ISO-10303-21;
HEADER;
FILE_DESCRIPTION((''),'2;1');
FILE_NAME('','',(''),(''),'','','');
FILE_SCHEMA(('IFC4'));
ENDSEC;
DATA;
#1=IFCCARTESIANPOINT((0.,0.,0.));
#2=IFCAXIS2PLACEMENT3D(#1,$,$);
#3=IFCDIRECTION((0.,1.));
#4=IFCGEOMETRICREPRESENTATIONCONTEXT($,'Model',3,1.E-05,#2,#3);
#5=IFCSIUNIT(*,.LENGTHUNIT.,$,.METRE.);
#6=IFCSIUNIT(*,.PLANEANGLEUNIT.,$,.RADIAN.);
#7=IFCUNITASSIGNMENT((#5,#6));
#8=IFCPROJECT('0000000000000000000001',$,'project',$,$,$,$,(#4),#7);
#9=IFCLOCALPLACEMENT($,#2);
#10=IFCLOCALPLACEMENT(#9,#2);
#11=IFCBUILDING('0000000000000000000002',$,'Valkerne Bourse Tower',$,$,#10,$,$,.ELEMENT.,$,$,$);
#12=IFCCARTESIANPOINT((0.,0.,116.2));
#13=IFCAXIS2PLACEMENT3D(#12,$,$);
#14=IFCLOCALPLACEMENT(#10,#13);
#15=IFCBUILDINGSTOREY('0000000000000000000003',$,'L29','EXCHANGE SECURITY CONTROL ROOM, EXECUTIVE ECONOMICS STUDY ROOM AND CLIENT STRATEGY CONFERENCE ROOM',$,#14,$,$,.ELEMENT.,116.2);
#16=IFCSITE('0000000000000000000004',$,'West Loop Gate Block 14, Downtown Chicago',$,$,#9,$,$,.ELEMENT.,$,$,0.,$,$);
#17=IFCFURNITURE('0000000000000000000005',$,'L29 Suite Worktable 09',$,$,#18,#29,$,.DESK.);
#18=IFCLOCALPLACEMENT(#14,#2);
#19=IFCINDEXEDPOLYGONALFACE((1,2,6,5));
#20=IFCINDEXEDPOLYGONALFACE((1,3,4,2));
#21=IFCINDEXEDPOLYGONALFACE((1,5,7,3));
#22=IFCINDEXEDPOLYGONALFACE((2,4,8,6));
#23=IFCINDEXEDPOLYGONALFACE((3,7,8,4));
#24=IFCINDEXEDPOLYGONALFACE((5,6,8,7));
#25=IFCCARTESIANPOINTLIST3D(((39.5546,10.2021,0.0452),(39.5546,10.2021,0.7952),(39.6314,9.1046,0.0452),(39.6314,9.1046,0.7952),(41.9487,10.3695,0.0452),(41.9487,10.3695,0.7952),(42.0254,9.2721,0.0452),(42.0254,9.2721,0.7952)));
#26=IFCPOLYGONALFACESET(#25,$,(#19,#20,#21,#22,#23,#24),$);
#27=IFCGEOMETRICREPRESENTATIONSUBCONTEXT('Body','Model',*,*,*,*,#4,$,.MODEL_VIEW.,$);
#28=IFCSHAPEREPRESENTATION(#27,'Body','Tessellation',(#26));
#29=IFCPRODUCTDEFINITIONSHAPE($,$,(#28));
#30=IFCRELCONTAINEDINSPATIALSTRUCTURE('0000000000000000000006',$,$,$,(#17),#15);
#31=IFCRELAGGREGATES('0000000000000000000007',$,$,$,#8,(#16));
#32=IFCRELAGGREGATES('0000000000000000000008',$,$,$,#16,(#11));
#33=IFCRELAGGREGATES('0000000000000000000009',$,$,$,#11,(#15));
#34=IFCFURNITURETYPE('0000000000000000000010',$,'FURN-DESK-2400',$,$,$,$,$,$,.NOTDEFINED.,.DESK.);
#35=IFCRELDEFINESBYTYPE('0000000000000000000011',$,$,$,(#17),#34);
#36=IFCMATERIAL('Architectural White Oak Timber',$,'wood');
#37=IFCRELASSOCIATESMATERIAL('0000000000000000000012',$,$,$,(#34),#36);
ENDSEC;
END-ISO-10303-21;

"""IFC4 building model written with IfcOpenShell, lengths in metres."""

from ifc_helpers import new_model, si_unit, direction, frame, origin, origin_2d, place, context, subcontext, project, spatial, rectangle, extrude, material, type_object, element, save


model = new_model("IFC4")

# Units and contexts
model_context = context("Model", 3, precision=1e-05, world=origin(), true_north=direction((0.0, 1.0)))
body_context = subcontext(model_context, "Body", "Model", "MODEL_VIEW")
ifc_project = project(units=[si_unit("LENGTHUNIT", "METRE"), si_unit("PLANEANGLEUNIT", "RADIAN")], contexts=[model_context])

# Site, building, storey
site_placement = place(None, origin())
site = spatial("IfcSite", under=ifc_project, at=site_placement, Name="West Loop Gate Block 14, Downtown Chicago", CompositionType="ELEMENT", RefElevation=0.0)
building_placement = place(site_placement, origin())
building = spatial("IfcBuilding", under=site, at=building_placement, Name="Valkerne Bourse Tower", CompositionType="ELEMENT")
storey_placement = place(building_placement, frame((0.0, 0.0, 116.2)))
storey = spatial("IfcBuildingStorey", under=building, at=storey_placement, Name="L29", Description="EXCHANGE SECURITY CONTROL ROOM, EXECUTIVE ECONOMICS STUDY ROOM AND CLIENT STRATEGY CONFERENCE ROOM", CompositionType="ELEMENT", Elevation=116.2)

# Furniture
ifc_material_1 = material(Name="Architectural White Oak Timber", Category="wood")
furniture_type_1 = type_object("IfcFurnitureType", Name="FURN-DESK-2400", AssemblyPlace="NOTDEFINED", PredefinedType="DESK", material=ifc_material_1)
furniture_1_placement = place(storey_placement, frame((40.79, 9.7371, 0.0452), z_axis=(0.0, 0.0, 1.0), x_axis=(0.997564, 0.069756, 0.0)))
element("IfcFurniture", 1, at=furniture_1_placement, inside=storey, type_object=furniture_type_1, Name="L29 Suite Worktable 09", PredefinedType="DESK", context=body_context, shape_type="SweptSolid", body=[
    extrude(rectangle(XDim=2.3999, YDim=1.1001, at=origin_2d()), origin(), (0.0, 0.0, 1.0), 0.75),
])

save(model, "model.ifc")
